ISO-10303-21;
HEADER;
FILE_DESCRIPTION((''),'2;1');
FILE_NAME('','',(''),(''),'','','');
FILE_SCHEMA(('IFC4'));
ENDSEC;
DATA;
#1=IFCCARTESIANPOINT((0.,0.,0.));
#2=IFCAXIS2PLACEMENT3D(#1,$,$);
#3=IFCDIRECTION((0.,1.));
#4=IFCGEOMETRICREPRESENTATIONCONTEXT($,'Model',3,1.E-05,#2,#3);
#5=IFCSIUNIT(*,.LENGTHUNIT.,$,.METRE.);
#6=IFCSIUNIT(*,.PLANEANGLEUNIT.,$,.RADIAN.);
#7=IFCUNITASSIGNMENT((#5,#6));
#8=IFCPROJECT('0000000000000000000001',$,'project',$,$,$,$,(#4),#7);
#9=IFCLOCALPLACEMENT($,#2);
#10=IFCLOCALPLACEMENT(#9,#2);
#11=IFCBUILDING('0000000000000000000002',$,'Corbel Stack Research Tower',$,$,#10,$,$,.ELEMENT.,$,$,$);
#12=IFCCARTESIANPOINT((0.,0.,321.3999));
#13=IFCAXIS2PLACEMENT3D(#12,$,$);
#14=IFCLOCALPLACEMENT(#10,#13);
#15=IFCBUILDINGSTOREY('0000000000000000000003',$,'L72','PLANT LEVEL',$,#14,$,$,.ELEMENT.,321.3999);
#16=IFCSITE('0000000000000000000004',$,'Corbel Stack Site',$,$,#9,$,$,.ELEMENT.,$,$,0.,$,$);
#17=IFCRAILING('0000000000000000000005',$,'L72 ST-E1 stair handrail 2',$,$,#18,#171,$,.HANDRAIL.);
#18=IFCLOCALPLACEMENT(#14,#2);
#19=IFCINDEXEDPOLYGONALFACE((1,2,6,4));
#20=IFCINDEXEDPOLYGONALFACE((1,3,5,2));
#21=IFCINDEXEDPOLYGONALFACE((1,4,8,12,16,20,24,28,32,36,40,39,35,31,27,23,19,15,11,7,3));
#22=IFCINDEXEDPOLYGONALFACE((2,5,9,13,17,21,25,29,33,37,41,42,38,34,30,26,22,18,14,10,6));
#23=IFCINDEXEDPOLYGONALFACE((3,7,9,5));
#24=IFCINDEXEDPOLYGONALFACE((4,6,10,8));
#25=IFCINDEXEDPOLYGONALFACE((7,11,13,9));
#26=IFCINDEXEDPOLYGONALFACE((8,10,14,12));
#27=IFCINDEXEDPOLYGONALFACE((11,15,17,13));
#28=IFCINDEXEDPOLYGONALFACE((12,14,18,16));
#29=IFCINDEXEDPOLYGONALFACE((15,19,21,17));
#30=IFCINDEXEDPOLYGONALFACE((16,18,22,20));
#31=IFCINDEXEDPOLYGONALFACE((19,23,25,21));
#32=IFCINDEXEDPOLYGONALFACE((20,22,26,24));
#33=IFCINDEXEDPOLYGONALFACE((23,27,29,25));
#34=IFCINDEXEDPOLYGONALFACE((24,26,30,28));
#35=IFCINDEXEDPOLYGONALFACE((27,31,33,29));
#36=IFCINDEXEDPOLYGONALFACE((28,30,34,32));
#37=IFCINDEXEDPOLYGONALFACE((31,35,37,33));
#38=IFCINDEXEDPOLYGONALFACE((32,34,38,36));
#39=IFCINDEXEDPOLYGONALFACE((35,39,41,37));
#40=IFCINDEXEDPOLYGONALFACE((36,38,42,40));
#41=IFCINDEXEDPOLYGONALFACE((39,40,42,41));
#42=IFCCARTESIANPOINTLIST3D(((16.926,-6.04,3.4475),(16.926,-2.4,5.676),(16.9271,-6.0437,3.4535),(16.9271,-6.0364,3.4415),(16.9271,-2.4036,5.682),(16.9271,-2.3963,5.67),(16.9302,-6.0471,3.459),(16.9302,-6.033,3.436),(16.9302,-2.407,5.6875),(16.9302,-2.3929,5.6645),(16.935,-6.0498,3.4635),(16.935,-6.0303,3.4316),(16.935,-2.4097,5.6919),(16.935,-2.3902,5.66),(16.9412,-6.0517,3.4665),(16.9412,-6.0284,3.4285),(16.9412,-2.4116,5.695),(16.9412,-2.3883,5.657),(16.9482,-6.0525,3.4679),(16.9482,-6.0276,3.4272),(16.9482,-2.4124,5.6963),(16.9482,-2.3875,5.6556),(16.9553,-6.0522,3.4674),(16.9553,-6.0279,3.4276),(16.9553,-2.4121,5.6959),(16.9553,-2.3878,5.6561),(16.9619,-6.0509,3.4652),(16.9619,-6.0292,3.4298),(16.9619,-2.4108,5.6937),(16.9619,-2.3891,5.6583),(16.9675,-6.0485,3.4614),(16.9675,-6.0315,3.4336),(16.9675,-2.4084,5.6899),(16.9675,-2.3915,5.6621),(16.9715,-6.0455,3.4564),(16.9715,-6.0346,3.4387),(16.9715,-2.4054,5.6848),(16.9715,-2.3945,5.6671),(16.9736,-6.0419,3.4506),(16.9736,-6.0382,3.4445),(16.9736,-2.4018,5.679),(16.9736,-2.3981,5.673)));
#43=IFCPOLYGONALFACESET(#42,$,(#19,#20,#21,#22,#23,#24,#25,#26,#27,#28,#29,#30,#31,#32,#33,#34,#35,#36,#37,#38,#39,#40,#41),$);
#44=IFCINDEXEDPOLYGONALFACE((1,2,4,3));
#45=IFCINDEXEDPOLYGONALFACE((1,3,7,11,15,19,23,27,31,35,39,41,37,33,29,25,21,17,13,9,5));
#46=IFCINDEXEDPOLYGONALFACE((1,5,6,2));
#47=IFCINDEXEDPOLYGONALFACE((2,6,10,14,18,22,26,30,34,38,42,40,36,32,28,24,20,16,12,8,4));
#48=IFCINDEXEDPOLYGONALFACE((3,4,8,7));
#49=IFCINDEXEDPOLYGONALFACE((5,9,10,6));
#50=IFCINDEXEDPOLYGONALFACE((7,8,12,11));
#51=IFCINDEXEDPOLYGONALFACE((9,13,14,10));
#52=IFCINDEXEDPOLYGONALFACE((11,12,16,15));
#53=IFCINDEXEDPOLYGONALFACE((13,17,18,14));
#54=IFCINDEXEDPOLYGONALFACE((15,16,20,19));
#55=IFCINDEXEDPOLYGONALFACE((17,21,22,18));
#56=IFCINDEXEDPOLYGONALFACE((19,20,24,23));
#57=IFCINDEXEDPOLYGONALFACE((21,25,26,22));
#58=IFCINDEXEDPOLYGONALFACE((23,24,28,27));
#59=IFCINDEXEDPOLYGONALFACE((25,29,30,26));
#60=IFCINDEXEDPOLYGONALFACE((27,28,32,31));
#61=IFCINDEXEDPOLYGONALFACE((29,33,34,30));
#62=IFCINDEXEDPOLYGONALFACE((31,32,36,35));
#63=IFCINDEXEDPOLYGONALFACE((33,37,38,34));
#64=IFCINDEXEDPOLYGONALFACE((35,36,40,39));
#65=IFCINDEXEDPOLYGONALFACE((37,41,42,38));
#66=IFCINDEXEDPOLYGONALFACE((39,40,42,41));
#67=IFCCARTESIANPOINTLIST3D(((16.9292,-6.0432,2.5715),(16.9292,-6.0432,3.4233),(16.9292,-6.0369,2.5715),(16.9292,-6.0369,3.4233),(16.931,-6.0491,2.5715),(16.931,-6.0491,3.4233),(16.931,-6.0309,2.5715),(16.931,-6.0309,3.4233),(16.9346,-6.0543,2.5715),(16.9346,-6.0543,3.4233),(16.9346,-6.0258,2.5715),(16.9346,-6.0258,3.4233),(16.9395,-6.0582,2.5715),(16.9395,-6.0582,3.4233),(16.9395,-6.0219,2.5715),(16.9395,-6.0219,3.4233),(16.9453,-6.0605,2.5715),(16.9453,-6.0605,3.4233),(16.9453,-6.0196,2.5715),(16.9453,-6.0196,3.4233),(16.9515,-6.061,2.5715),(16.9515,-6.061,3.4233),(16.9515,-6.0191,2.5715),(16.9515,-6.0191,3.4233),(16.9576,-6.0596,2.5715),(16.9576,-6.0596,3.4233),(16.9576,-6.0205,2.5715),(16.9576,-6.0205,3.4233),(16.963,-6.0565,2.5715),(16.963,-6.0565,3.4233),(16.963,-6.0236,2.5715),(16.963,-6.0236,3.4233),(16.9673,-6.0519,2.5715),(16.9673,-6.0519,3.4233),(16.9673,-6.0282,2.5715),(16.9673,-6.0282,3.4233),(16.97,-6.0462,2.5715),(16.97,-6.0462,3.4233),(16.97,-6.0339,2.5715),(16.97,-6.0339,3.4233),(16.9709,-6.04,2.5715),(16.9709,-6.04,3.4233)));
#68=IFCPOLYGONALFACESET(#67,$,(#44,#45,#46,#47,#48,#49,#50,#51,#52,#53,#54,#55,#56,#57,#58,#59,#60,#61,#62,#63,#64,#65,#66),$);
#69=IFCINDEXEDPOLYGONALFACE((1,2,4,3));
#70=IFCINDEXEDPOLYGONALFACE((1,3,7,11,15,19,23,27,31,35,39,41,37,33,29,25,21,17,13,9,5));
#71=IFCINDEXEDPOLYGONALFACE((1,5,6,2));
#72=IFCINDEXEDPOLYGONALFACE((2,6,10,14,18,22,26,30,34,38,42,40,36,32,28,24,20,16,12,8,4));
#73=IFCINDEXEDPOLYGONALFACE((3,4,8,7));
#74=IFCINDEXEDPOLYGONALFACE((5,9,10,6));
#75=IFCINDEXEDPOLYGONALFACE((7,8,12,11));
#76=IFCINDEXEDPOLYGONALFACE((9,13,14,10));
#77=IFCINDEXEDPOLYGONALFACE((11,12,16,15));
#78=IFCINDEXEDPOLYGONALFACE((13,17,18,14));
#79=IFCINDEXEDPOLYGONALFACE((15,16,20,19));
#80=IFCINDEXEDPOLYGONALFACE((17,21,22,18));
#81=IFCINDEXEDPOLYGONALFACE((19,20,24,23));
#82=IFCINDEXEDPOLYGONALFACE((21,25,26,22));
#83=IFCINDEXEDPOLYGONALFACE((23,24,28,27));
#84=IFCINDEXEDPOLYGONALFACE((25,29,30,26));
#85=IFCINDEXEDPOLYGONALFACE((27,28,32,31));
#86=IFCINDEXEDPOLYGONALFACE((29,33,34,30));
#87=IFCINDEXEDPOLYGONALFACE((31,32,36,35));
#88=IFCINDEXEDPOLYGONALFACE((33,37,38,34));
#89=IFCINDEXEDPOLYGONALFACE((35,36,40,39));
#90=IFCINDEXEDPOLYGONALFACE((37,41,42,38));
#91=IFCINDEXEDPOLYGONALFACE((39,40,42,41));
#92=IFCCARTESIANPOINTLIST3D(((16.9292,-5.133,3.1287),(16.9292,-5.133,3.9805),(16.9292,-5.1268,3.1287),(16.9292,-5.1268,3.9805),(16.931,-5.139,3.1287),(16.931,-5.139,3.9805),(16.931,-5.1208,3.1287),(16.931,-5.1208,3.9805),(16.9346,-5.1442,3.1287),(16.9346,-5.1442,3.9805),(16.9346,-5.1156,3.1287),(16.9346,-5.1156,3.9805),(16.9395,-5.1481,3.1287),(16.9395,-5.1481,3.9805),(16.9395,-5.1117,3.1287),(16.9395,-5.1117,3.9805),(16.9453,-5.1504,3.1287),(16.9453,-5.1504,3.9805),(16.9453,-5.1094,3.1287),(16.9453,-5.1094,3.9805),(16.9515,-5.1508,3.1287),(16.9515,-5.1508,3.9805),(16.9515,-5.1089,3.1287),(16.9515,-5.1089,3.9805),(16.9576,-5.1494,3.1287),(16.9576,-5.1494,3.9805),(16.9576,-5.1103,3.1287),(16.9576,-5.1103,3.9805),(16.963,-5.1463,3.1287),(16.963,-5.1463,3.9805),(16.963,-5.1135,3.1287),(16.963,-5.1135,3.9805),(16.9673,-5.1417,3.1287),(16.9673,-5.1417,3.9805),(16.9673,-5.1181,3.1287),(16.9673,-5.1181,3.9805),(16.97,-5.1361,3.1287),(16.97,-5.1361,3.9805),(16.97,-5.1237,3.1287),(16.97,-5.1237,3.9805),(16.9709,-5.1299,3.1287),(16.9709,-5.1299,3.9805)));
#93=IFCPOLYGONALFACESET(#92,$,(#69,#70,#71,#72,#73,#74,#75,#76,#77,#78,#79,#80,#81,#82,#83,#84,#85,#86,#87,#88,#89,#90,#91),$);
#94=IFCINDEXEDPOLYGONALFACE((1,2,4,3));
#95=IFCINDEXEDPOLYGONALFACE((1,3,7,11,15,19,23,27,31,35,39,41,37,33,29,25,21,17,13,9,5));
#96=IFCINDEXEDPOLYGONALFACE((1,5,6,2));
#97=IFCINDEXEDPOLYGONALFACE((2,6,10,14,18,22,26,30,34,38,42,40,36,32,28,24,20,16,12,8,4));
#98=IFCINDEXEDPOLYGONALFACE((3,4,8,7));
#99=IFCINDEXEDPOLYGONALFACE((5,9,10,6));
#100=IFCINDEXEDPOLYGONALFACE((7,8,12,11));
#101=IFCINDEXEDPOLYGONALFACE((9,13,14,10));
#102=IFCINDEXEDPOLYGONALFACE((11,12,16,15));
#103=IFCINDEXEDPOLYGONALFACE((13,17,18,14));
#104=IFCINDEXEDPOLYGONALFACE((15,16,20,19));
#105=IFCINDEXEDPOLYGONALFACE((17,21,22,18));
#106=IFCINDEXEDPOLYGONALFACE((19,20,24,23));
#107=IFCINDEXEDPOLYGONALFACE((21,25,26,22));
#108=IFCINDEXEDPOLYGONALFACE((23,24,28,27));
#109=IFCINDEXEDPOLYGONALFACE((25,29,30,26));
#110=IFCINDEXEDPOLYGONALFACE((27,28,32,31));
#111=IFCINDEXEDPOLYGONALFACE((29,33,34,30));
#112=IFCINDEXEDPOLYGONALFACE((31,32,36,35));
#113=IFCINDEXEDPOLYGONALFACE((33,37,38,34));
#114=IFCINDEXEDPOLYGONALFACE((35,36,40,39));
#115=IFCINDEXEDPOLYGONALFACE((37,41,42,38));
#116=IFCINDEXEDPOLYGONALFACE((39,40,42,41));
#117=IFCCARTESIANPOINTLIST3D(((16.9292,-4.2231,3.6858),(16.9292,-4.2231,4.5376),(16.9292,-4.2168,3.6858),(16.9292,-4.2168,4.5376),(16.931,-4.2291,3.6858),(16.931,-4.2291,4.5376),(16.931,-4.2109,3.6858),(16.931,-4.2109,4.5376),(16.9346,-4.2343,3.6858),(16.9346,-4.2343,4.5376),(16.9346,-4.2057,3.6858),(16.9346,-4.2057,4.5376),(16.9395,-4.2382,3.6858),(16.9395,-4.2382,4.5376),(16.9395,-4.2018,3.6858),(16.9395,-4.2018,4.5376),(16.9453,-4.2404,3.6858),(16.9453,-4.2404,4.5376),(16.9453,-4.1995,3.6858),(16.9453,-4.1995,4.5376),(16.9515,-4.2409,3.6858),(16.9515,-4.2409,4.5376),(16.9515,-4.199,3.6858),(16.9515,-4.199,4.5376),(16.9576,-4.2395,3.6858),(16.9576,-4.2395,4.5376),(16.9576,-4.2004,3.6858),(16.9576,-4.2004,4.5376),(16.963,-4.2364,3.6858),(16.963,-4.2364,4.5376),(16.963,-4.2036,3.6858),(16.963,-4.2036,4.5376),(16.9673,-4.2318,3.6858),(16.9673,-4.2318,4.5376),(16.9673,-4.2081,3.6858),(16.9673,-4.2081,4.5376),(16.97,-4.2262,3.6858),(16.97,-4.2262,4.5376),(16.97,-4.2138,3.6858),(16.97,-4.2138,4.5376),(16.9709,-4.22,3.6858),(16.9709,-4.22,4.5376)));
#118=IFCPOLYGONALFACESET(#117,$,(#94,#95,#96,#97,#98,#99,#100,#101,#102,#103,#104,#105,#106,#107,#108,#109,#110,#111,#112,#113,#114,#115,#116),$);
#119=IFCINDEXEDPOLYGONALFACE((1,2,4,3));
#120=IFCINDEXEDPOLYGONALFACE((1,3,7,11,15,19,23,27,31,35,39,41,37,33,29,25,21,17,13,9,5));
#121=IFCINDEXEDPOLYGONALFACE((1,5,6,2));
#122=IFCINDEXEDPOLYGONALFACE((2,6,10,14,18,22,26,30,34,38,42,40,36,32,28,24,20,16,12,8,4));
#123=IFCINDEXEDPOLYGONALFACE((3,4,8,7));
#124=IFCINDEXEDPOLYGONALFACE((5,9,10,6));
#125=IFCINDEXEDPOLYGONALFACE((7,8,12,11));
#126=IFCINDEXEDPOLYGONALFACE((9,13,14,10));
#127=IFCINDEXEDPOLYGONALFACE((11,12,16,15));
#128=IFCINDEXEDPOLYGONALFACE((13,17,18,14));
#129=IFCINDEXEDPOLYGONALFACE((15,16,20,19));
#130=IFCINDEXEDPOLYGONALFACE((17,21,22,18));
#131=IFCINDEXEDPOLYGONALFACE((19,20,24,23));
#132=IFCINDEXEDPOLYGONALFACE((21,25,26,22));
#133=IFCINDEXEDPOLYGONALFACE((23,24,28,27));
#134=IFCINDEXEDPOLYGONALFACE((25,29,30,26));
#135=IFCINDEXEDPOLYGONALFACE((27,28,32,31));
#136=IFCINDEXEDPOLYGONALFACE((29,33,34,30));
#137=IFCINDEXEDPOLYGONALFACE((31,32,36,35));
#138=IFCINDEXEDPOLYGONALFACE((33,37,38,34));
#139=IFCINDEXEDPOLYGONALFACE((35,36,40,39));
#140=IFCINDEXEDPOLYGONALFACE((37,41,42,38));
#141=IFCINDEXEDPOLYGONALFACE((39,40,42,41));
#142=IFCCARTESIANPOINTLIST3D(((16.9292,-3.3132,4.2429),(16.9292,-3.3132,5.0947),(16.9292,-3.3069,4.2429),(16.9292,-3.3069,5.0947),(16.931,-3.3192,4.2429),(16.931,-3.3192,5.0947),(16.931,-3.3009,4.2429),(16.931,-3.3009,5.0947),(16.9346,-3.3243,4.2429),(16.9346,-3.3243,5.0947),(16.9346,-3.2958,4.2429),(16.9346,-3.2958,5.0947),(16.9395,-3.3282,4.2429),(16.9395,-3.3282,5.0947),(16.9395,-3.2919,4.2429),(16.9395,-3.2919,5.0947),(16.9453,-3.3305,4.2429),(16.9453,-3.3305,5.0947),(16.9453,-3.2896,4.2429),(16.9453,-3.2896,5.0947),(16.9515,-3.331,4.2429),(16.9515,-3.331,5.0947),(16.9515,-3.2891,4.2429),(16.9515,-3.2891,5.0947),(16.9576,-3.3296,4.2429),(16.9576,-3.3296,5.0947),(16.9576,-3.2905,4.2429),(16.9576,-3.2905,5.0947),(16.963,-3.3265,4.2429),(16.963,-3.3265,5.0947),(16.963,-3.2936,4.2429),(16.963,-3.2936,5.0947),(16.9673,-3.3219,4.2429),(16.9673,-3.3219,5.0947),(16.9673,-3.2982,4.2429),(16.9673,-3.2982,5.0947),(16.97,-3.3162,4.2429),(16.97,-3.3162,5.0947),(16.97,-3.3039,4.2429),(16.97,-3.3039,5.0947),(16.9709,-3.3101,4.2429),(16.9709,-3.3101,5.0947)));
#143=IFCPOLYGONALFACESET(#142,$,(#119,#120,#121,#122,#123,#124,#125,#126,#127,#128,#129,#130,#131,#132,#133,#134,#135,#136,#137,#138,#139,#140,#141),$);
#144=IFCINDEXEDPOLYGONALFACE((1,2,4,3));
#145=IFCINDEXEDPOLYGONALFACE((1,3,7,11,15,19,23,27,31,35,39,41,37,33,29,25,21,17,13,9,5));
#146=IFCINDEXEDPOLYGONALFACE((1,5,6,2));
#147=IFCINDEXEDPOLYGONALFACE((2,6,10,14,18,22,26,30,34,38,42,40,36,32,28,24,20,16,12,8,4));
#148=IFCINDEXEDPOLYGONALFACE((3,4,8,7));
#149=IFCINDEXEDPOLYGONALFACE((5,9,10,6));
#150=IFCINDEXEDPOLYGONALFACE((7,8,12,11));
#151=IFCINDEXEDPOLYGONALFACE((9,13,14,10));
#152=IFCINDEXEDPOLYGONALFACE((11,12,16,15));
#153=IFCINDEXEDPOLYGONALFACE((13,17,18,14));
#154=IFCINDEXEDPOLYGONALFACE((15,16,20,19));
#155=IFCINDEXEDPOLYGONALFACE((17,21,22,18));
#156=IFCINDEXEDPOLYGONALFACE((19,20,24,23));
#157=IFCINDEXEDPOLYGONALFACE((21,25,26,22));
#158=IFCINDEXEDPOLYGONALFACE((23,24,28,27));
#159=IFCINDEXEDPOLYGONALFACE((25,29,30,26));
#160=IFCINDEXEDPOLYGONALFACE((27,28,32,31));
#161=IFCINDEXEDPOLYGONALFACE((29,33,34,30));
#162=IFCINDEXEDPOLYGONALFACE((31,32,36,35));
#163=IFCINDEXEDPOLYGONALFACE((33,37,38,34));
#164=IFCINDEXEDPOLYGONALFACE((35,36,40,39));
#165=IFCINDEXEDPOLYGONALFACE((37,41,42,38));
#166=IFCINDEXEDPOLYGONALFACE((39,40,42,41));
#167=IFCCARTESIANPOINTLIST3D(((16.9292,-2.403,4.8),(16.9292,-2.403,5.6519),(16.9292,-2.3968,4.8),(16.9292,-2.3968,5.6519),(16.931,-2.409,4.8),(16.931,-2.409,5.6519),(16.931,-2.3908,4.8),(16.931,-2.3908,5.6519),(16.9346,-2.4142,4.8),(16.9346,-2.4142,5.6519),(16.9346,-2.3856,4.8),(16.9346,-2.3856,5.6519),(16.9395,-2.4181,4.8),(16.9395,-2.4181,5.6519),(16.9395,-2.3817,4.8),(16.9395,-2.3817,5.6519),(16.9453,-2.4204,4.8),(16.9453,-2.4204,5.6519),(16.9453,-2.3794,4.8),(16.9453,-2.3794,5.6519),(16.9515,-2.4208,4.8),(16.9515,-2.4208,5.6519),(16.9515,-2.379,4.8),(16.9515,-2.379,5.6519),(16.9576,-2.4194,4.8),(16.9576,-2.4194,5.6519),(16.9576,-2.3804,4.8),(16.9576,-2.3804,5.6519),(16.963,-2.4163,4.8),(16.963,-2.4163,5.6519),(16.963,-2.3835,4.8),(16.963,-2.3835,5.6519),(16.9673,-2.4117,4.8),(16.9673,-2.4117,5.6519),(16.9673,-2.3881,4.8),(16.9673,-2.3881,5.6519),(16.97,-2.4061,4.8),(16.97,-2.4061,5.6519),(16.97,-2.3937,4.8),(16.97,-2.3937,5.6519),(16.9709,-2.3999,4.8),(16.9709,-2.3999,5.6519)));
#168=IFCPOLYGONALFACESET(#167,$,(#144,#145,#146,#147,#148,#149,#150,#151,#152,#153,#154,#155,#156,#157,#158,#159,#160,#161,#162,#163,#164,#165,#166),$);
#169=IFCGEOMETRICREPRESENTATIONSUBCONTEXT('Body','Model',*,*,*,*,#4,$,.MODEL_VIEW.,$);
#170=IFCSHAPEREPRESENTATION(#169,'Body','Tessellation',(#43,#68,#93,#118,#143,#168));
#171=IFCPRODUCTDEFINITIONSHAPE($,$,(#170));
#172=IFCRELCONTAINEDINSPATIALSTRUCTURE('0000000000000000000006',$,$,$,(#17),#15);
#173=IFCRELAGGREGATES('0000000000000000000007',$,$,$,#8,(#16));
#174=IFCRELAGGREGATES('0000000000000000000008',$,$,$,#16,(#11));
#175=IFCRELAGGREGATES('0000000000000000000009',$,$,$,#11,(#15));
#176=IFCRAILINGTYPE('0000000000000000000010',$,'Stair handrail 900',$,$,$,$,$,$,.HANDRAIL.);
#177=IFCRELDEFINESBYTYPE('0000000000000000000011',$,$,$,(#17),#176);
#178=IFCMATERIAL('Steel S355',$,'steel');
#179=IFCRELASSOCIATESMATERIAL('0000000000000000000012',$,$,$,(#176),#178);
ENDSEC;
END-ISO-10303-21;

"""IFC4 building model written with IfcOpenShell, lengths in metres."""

from ifc_helpers import new_model, si_unit, direction, frame, origin, origin_2d, place, context, subcontext, project, spatial, circle, extrude, material, type_object, element, save


model = new_model("IFC4")

# Units and contexts
model_context = context("Model", 3, precision=1e-05, world=origin(), true_north=direction((0.0, 1.0)))
body_context = subcontext(model_context, "Body", "Model", "MODEL_VIEW")
ifc_project = project(units=[si_unit("LENGTHUNIT", "METRE"), si_unit("PLANEANGLEUNIT", "RADIAN")], contexts=[model_context])

# Site, building, storey
site_placement = place(None, origin())
site = spatial("IfcSite", under=ifc_project, at=site_placement, Name="Corbel Stack Site", CompositionType="ELEMENT", RefElevation=0.0)
building_placement = place(site_placement, origin())
building = spatial("IfcBuilding", under=site, at=building_placement, Name="Corbel Stack Research Tower", CompositionType="ELEMENT")
storey_placement = place(building_placement, frame((0.0, 0.0, 321.3999)))
storey = spatial("IfcBuildingStorey", under=building, at=storey_placement, Name="L72", Description="PLANT LEVEL", CompositionType="ELEMENT", Elevation=321.3999)

# Railing
ifc_material_1 = material(Name="Steel S355", Category="steel")
railing_type_1 = type_object("IfcRailingType", Name="Stair handrail 900", PredefinedType="HANDRAIL", material=ifc_material_1)
railing_1_placement = place(storey_placement, frame((16.95, -6.04, 2.5715)))
element("IfcRailing", 1, at=railing_1_placement, inside=storey, type_object=railing_type_1, Name="L72 ST-E1 stair handrail 2", PredefinedType="HANDRAIL", context=body_context, shape_type="SweptSolid", body=[
    extrude(circle(Radius=0.0239, at=origin_2d()), frame((0.0, 0.0, 0.876), z_axis=(0.0, 0.852866, 0.52213), x_axis=(-1.0, 0.0, 0.0)), (0.0, 0.0, 1.0), 4.2681),
    extrude(circle(Radius=0.021, at=origin_2d()), origin(), (0.0, 0.0, 1.0), 0.8518),
    extrude(circle(Radius=0.021, at=origin_2d()), frame((0.0, 0.9102, 0.5571)), (0.0, 0.0, 1.0), 0.8518),
    extrude(circle(Radius=0.021, at=origin_2d()), frame((0.0, 1.8201, 1.1143)), (0.0, 0.0, 1.0), 0.8518),
    extrude(circle(Radius=0.021, at=origin_2d()), frame((0.0, 2.73, 1.6714)), (0.0, 0.0, 1.0), 0.8518),
    extrude(circle(Radius=0.021, at=origin_2d()), frame((0.0, 3.6401, 2.2285)), (0.0, 0.0, 1.0), 0.8518),
])

save(model, "model.ifc")
